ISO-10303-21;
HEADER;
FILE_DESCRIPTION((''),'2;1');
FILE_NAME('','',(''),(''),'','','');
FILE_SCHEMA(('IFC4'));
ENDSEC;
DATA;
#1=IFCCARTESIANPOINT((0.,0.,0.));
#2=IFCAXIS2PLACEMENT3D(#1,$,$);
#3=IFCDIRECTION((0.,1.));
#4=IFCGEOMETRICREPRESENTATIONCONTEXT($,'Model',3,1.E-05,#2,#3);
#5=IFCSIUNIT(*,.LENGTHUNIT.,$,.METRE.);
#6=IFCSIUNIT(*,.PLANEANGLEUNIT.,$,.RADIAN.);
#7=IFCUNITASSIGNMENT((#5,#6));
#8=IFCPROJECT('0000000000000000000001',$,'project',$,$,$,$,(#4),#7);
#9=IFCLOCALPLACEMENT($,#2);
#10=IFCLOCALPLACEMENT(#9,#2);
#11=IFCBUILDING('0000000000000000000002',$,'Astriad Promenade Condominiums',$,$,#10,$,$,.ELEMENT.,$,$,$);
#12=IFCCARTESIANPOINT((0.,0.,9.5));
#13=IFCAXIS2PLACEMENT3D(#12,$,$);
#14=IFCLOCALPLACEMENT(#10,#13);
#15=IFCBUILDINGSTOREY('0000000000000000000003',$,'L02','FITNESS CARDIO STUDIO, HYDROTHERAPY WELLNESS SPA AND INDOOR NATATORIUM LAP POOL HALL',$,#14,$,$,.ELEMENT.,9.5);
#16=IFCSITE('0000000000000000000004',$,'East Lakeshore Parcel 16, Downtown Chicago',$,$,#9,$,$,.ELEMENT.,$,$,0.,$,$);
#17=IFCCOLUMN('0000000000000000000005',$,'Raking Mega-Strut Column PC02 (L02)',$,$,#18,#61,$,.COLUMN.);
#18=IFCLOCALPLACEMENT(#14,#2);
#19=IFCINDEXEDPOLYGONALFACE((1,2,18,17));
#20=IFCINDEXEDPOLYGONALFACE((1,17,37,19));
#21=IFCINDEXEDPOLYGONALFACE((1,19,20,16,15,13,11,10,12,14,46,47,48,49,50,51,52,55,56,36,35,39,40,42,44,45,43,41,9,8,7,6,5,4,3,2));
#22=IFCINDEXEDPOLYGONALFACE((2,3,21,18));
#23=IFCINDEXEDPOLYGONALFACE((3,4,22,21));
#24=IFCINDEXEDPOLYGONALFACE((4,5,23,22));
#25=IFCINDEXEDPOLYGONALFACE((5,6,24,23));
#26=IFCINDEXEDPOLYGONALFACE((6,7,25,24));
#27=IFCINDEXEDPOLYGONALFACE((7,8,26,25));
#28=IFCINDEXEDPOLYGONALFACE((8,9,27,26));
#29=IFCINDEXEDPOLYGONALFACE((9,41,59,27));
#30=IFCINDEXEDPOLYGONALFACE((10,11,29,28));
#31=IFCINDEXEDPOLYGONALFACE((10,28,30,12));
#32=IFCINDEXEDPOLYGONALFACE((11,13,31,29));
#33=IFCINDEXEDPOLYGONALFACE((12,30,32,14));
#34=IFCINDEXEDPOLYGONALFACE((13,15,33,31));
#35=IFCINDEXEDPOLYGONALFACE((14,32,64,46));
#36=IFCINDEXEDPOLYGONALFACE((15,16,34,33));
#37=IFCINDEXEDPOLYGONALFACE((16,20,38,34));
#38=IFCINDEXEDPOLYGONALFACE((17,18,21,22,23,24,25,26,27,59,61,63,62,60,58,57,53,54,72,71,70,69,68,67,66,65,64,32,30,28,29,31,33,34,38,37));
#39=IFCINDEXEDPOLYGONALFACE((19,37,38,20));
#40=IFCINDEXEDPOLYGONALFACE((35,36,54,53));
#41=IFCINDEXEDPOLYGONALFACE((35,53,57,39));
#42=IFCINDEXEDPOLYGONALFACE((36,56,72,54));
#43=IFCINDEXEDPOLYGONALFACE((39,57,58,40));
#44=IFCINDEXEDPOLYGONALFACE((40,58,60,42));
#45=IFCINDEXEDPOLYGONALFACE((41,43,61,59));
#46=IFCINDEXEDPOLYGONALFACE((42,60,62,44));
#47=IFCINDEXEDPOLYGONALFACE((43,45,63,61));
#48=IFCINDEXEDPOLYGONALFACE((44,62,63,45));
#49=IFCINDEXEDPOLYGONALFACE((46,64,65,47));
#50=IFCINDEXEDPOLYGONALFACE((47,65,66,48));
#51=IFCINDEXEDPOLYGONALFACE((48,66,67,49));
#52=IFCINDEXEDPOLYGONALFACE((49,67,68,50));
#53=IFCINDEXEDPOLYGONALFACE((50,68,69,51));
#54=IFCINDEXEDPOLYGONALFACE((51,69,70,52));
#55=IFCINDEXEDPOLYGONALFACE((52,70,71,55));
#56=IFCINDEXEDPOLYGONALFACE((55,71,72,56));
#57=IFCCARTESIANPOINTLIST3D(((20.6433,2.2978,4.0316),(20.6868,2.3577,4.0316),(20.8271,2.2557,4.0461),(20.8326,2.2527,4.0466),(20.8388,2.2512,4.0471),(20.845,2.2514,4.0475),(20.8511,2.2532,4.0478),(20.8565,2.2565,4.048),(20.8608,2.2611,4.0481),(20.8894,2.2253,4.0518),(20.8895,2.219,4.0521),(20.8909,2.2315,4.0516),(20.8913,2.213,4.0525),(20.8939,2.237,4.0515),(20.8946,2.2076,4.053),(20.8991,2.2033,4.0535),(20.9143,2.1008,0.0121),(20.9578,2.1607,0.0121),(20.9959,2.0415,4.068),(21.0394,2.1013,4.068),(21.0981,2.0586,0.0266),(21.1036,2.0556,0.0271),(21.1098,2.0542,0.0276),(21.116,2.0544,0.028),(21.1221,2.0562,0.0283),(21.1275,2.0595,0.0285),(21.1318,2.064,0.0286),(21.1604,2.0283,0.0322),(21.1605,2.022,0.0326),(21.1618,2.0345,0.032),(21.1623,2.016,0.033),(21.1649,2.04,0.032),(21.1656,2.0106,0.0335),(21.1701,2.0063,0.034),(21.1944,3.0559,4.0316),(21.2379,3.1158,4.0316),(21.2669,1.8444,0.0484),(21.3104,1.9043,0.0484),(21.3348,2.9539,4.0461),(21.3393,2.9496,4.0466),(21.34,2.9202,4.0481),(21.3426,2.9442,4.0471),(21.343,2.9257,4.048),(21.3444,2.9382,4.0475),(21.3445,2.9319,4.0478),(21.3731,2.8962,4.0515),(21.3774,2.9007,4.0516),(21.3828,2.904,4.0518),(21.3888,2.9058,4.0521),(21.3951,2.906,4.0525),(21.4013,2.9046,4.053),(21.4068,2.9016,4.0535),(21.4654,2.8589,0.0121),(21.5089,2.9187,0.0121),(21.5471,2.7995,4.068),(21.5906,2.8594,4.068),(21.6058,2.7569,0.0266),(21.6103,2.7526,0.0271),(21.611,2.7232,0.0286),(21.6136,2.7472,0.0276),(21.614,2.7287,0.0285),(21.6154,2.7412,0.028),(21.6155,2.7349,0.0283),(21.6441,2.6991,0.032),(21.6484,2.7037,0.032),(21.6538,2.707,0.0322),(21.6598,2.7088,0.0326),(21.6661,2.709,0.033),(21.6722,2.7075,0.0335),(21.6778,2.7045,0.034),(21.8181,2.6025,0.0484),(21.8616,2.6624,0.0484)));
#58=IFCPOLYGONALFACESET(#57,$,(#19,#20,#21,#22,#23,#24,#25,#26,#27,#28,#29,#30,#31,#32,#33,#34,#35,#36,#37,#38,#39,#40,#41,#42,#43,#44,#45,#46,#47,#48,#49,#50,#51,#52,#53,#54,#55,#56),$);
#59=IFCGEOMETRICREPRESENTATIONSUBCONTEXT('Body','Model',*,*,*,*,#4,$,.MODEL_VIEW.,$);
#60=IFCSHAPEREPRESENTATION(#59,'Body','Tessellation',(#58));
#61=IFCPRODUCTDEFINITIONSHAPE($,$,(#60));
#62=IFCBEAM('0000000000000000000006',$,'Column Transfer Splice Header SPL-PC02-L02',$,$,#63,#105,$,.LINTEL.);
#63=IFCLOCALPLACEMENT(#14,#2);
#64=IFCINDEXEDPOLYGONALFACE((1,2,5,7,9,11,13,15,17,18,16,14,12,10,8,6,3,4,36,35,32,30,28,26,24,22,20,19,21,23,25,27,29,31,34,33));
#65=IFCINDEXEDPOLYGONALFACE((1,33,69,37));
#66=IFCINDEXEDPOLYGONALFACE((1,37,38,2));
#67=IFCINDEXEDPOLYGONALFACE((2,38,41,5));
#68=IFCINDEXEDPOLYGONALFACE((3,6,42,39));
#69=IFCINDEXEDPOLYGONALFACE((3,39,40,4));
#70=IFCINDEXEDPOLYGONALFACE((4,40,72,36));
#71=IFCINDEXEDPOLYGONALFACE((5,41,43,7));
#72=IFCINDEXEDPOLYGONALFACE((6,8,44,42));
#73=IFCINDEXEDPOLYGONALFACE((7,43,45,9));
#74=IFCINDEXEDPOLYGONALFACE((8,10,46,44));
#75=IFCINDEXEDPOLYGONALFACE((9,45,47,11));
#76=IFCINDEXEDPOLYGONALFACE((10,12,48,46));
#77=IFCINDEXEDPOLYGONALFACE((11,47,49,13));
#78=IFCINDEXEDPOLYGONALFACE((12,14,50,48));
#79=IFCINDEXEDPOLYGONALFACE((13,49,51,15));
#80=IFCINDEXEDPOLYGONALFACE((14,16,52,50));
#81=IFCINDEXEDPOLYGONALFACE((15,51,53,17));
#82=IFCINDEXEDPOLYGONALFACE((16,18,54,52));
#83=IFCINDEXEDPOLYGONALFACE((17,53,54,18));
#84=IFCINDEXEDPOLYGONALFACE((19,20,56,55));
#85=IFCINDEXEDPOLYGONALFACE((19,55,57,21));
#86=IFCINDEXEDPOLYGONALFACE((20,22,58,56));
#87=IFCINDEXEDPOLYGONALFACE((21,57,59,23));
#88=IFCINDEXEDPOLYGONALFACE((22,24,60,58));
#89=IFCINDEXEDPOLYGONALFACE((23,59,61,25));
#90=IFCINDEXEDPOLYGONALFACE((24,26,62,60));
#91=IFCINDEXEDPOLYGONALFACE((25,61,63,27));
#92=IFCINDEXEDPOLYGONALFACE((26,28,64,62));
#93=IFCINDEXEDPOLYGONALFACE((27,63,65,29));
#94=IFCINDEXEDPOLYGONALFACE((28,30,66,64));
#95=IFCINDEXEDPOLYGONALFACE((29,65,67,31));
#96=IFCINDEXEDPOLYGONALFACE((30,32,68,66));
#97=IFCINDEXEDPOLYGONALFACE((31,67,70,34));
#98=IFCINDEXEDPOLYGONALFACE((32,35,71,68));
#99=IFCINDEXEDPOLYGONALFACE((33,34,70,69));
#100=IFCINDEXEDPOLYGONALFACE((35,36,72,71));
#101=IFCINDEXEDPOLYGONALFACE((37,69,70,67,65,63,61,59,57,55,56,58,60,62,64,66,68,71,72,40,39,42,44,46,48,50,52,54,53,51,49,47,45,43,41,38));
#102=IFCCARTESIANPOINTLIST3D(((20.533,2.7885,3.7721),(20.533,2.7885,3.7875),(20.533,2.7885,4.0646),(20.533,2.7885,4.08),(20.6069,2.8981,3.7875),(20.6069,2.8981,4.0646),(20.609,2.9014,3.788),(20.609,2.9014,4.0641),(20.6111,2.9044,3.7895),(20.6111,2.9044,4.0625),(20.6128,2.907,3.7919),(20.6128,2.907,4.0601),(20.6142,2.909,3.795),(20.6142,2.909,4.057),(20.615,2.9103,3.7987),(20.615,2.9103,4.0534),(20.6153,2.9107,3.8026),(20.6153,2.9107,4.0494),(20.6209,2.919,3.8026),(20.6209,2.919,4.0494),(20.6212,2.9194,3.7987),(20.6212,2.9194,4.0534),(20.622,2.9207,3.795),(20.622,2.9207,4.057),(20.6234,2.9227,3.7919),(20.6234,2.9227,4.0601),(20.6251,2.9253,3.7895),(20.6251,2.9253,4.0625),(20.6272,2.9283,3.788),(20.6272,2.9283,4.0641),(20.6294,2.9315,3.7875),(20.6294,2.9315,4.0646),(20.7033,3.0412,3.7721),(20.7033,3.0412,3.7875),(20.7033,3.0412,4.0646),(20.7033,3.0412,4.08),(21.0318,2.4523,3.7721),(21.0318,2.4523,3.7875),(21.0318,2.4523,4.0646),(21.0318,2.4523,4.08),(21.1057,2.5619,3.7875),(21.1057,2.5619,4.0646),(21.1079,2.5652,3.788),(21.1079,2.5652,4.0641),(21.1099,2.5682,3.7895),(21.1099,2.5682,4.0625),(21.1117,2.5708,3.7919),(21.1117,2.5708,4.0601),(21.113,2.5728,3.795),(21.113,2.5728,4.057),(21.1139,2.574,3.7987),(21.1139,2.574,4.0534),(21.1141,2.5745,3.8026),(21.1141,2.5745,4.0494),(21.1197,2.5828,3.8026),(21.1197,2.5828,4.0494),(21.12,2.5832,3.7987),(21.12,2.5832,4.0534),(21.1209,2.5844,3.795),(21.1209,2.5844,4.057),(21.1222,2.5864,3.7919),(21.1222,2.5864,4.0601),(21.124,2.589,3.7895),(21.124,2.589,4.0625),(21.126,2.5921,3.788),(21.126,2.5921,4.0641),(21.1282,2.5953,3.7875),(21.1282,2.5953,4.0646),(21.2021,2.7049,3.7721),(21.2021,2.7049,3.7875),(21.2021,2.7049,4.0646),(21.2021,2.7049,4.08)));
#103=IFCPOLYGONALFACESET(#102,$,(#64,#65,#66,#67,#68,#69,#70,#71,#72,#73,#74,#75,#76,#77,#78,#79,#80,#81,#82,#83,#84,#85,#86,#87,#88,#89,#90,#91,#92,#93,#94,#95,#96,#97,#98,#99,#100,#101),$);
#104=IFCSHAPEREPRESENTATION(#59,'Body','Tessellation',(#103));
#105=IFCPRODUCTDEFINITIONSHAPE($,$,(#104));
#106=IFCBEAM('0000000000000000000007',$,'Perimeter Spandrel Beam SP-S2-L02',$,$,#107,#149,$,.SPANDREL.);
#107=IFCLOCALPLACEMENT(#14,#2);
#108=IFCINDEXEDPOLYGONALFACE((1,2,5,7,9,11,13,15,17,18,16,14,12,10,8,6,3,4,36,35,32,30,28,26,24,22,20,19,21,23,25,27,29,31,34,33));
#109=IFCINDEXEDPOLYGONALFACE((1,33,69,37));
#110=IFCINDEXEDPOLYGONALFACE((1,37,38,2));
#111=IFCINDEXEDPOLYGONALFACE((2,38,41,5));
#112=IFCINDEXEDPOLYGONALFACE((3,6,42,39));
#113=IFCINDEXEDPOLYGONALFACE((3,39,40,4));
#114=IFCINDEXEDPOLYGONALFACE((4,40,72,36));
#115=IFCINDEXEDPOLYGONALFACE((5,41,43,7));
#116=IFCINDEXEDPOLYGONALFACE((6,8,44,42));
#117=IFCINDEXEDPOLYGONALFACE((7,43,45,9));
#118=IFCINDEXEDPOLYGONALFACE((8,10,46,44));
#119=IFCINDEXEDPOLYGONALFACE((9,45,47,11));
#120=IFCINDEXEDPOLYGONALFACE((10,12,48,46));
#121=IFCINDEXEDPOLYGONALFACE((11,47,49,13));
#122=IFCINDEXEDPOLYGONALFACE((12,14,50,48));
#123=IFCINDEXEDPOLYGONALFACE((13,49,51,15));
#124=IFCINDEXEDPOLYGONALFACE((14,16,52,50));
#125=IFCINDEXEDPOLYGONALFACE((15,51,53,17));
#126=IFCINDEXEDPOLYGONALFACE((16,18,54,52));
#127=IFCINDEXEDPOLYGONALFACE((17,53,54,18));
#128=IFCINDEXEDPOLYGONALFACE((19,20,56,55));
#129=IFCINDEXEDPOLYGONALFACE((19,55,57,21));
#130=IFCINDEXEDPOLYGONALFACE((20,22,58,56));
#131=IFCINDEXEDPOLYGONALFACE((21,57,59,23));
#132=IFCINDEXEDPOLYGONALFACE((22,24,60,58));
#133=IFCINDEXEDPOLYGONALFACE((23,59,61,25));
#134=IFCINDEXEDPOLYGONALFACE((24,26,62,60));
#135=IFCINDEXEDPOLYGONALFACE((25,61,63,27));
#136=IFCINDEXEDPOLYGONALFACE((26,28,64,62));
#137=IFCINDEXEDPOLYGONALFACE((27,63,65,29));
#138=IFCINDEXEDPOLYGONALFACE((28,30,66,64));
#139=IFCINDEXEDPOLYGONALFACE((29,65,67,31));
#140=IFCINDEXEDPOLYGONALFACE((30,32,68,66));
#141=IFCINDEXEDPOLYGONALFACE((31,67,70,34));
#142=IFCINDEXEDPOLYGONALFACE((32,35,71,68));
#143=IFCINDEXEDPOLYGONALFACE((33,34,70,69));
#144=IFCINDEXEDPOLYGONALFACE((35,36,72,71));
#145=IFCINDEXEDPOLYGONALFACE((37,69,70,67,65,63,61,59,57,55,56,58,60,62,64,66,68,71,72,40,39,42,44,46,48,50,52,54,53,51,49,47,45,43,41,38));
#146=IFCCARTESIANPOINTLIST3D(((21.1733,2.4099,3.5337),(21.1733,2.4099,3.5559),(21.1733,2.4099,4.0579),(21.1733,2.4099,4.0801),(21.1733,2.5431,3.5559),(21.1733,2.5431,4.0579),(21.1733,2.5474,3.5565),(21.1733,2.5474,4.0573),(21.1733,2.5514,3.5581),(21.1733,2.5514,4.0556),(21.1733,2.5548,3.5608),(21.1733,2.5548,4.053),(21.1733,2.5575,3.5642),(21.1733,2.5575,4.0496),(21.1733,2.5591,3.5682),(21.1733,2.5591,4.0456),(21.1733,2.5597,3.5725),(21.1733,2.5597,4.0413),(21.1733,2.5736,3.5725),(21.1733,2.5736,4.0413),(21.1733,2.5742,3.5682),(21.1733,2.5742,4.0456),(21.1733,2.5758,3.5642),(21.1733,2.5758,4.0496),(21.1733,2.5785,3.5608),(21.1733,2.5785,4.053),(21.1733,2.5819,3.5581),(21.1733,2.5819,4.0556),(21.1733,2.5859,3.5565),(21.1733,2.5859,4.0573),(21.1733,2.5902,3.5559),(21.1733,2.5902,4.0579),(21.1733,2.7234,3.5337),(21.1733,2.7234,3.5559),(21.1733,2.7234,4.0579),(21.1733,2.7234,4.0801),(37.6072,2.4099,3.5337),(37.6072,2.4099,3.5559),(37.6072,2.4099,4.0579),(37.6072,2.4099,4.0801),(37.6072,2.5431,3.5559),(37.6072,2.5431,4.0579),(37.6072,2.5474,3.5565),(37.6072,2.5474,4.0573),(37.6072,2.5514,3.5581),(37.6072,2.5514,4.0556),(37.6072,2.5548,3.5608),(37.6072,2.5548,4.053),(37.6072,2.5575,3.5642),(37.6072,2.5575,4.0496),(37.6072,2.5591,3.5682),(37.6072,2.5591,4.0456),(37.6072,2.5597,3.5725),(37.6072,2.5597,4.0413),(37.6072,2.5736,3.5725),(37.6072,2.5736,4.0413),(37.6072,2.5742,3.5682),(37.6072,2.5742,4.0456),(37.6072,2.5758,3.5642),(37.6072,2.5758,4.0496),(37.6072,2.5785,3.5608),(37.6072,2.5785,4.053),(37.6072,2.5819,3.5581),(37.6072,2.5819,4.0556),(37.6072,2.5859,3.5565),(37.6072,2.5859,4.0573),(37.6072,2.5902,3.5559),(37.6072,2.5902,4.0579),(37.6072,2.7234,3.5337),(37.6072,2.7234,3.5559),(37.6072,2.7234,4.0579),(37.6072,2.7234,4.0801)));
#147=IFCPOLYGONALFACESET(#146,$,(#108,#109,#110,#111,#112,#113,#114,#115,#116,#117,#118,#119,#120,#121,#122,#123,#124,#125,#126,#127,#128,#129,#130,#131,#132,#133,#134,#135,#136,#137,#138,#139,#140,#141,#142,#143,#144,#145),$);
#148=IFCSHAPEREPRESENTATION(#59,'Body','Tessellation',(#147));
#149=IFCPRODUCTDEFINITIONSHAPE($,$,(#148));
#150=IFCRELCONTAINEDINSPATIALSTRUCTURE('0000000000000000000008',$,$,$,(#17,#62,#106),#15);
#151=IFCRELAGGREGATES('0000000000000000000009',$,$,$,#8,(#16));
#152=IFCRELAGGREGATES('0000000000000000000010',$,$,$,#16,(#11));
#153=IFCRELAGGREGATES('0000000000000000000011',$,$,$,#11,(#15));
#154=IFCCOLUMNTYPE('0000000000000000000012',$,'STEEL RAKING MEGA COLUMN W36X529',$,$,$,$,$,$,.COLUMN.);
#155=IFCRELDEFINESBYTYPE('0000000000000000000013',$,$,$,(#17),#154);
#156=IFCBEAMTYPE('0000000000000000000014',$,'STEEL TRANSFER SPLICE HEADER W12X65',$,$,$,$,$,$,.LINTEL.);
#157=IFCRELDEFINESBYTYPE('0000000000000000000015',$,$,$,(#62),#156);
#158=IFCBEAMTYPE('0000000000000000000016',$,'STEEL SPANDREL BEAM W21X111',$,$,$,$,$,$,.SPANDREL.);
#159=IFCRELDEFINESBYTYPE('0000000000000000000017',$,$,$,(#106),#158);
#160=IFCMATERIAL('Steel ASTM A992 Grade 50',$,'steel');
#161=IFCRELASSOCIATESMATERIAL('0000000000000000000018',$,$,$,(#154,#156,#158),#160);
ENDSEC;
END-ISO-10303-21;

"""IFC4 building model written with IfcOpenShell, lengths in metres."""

from ifc_helpers import new_model, si_unit, direction, frame, origin, origin_2d, place, context, subcontext, project, spatial, i_section, extrude, source, transform, mapped, material, material_profile, profile_set, type_object, type_shapes, element, save


model = new_model("IFC4")

# Units and contexts
model_context = context("Model", 3, precision=1e-05, world=origin(), true_north=direction((0.0, 1.0)))
body_context = subcontext(model_context, "Body", "Model", "MODEL_VIEW")
ifc_project = project(units=[si_unit("LENGTHUNIT", "METRE"), si_unit("PLANEANGLEUNIT", "RADIAN")], contexts=[model_context])

# Site, building, storey
site_placement = place(None, origin())
site = spatial("IfcSite", under=ifc_project, at=site_placement, Name="East Lakeshore Parcel 16, Downtown Chicago", CompositionType="ELEMENT", RefElevation=0.0)
building_placement = place(site_placement, origin())
building = spatial("IfcBuilding", under=site, at=building_placement, Name="Astriad Promenade Condominiums", CompositionType="ELEMENT")
storey_placement = place(building_placement, frame((0.0, 0.0, 9.5)))
storey = spatial("IfcBuildingStorey", under=building, at=storey_placement, Name="L02", Description="FITNESS CARDIO STUDIO, HYDROTHERAPY WELLNESS SPA AND INDOOR NATATORIUM LAP POOL HALL", CompositionType="ELEMENT", Elevation=9.5)

# Column
ifc_material_1 = material(Name="Steel ASTM A992 Grade 50", Category="steel")
ifc_material_profile_1 = material_profile(ifc_material_1, i_section(OverallWidth=0.4375, OverallDepth=1.0112, WebThickness=0.041, FlangeThickness=0.074, FilletRadius=0.0242, at=origin_2d()), Name="W36X529")
ifc_profile_set_1 = profile_set([ifc_material_profile_1], Name="Steel ASTM A992 Grade 50")
column_type = type_object("IfcColumnType", Name="STEEL RAKING MEGA COLUMN W36X529", PredefinedType="COLUMN", material=ifc_profile_set_1)
shared_shape_1 = source(origin(), body_context, "Body", "SweptSolid", [
    extrude(i_section(OverallWidth=0.4375, OverallDepth=1.0112, WebThickness=0.041, FlangeThickness=0.074, FilletRadius=0.0242, at=origin_2d()), origin(), (0.0, 0.0, 1.0), 4.0334),
])
type_shapes(column_type, [shared_shape_1])
column_placement = place(storey_placement, frame((21.3879, 2.3816, 0.0303), z_axis=(-0.067187, 0.048847, 0.996544), x_axis=(0.806035, -0.586009, 0.083067)))
element("IfcColumn", 1, at=column_placement, inside=storey, type_object=column_type, Name="Raking Mega-Strut Column PC02 (L02)", PredefinedType="COLUMN", context=body_context, shape_type="MappedRepresentation", body=[
    mapped(shared_shape_1, transform((0.0, 0.0, 0.0), scale=1.0)),
])

# Beams
ifc_material_profile_2 = material_profile(ifc_material_1, i_section(OverallWidth=0.3047, OverallDepth=0.3079, WebThickness=0.01, FlangeThickness=0.0154, FilletRadius=0.0151, at=origin_2d()), Name="W12X65")
ifc_profile_set_2 = profile_set([ifc_material_profile_2], Name="Steel ASTM A992 Grade 50")
beam_type_1 = type_object("IfcBeamType", Name="STEEL TRANSFER SPLICE HEADER W12X65", PredefinedType="LINTEL", material=ifc_profile_set_2)
shared_shape_2 = source(origin(), body_context, "Body", "SweptSolid", [
    extrude(i_section(OverallWidth=0.3047, OverallDepth=0.3079, WebThickness=0.01, FlangeThickness=0.0154, FilletRadius=0.0151, at=origin_2d()), origin(), (0.0, 0.0, 1.0), 0.6016),
])
type_shapes(beam_type_1, [shared_shape_2])
beam_1_placement = place(storey_placement, frame((21.1169, 2.5786, 3.926), z_axis=(-0.82923, 0.558908, 0.0), x_axis=(-0.558908, -0.82923, 0.0)))
element("IfcBeam", 2, at=beam_1_placement, inside=storey, type_object=beam_type_1, Name="Column Transfer Splice Header SPL-PC02-L02", PredefinedType="LINTEL", context=body_context, shape_type="MappedRepresentation", body=[
    mapped(shared_shape_2, transform((0.0, 0.0, 0.0), scale=1.0)),
])
ifc_material_profile_3 = material_profile(ifc_material_1, i_section(OverallWidth=0.3135, OverallDepth=0.5464, WebThickness=0.0139, FlangeThickness=0.0222, FilletRadius=0.0166, at=origin_2d()), Name="W21X111")
ifc_profile_set_3 = profile_set([ifc_material_profile_3], Name="Steel ASTM A992 Grade 50")
beam_type_2 = type_object("IfcBeamType", Name="STEEL SPANDREL BEAM W21X111", PredefinedType="SPANDREL", material=ifc_profile_set_3)
shared_shape_3 = source(origin(), body_context, "Body", "SweptSolid", [
    extrude(i_section(OverallWidth=0.3135, OverallDepth=0.5464, WebThickness=0.0139, FlangeThickness=0.0222, FilletRadius=0.0166, at=origin_2d()), origin(), (0.0, 0.0, 1.0), 16.4338),
])
type_shapes(beam_type_2, [shared_shape_3])
beam_2_placement = place(storey_placement, frame((21.1733, 2.5667, 3.8069), z_axis=(1.0, 0.0, 0.0), x_axis=(0.0, 1.0, 0.0)))
element("IfcBeam", 3, at=beam_2_placement, inside=storey, type_object=beam_type_2, Name="Perimeter Spandrel Beam SP-S2-L02", PredefinedType="SPANDREL", context=body_context, shape_type="MappedRepresentation", body=[
    mapped(shared_shape_3, transform((0.0, 0.0, 0.0), scale=1.0)),
])

save(model, "model.ifc")
